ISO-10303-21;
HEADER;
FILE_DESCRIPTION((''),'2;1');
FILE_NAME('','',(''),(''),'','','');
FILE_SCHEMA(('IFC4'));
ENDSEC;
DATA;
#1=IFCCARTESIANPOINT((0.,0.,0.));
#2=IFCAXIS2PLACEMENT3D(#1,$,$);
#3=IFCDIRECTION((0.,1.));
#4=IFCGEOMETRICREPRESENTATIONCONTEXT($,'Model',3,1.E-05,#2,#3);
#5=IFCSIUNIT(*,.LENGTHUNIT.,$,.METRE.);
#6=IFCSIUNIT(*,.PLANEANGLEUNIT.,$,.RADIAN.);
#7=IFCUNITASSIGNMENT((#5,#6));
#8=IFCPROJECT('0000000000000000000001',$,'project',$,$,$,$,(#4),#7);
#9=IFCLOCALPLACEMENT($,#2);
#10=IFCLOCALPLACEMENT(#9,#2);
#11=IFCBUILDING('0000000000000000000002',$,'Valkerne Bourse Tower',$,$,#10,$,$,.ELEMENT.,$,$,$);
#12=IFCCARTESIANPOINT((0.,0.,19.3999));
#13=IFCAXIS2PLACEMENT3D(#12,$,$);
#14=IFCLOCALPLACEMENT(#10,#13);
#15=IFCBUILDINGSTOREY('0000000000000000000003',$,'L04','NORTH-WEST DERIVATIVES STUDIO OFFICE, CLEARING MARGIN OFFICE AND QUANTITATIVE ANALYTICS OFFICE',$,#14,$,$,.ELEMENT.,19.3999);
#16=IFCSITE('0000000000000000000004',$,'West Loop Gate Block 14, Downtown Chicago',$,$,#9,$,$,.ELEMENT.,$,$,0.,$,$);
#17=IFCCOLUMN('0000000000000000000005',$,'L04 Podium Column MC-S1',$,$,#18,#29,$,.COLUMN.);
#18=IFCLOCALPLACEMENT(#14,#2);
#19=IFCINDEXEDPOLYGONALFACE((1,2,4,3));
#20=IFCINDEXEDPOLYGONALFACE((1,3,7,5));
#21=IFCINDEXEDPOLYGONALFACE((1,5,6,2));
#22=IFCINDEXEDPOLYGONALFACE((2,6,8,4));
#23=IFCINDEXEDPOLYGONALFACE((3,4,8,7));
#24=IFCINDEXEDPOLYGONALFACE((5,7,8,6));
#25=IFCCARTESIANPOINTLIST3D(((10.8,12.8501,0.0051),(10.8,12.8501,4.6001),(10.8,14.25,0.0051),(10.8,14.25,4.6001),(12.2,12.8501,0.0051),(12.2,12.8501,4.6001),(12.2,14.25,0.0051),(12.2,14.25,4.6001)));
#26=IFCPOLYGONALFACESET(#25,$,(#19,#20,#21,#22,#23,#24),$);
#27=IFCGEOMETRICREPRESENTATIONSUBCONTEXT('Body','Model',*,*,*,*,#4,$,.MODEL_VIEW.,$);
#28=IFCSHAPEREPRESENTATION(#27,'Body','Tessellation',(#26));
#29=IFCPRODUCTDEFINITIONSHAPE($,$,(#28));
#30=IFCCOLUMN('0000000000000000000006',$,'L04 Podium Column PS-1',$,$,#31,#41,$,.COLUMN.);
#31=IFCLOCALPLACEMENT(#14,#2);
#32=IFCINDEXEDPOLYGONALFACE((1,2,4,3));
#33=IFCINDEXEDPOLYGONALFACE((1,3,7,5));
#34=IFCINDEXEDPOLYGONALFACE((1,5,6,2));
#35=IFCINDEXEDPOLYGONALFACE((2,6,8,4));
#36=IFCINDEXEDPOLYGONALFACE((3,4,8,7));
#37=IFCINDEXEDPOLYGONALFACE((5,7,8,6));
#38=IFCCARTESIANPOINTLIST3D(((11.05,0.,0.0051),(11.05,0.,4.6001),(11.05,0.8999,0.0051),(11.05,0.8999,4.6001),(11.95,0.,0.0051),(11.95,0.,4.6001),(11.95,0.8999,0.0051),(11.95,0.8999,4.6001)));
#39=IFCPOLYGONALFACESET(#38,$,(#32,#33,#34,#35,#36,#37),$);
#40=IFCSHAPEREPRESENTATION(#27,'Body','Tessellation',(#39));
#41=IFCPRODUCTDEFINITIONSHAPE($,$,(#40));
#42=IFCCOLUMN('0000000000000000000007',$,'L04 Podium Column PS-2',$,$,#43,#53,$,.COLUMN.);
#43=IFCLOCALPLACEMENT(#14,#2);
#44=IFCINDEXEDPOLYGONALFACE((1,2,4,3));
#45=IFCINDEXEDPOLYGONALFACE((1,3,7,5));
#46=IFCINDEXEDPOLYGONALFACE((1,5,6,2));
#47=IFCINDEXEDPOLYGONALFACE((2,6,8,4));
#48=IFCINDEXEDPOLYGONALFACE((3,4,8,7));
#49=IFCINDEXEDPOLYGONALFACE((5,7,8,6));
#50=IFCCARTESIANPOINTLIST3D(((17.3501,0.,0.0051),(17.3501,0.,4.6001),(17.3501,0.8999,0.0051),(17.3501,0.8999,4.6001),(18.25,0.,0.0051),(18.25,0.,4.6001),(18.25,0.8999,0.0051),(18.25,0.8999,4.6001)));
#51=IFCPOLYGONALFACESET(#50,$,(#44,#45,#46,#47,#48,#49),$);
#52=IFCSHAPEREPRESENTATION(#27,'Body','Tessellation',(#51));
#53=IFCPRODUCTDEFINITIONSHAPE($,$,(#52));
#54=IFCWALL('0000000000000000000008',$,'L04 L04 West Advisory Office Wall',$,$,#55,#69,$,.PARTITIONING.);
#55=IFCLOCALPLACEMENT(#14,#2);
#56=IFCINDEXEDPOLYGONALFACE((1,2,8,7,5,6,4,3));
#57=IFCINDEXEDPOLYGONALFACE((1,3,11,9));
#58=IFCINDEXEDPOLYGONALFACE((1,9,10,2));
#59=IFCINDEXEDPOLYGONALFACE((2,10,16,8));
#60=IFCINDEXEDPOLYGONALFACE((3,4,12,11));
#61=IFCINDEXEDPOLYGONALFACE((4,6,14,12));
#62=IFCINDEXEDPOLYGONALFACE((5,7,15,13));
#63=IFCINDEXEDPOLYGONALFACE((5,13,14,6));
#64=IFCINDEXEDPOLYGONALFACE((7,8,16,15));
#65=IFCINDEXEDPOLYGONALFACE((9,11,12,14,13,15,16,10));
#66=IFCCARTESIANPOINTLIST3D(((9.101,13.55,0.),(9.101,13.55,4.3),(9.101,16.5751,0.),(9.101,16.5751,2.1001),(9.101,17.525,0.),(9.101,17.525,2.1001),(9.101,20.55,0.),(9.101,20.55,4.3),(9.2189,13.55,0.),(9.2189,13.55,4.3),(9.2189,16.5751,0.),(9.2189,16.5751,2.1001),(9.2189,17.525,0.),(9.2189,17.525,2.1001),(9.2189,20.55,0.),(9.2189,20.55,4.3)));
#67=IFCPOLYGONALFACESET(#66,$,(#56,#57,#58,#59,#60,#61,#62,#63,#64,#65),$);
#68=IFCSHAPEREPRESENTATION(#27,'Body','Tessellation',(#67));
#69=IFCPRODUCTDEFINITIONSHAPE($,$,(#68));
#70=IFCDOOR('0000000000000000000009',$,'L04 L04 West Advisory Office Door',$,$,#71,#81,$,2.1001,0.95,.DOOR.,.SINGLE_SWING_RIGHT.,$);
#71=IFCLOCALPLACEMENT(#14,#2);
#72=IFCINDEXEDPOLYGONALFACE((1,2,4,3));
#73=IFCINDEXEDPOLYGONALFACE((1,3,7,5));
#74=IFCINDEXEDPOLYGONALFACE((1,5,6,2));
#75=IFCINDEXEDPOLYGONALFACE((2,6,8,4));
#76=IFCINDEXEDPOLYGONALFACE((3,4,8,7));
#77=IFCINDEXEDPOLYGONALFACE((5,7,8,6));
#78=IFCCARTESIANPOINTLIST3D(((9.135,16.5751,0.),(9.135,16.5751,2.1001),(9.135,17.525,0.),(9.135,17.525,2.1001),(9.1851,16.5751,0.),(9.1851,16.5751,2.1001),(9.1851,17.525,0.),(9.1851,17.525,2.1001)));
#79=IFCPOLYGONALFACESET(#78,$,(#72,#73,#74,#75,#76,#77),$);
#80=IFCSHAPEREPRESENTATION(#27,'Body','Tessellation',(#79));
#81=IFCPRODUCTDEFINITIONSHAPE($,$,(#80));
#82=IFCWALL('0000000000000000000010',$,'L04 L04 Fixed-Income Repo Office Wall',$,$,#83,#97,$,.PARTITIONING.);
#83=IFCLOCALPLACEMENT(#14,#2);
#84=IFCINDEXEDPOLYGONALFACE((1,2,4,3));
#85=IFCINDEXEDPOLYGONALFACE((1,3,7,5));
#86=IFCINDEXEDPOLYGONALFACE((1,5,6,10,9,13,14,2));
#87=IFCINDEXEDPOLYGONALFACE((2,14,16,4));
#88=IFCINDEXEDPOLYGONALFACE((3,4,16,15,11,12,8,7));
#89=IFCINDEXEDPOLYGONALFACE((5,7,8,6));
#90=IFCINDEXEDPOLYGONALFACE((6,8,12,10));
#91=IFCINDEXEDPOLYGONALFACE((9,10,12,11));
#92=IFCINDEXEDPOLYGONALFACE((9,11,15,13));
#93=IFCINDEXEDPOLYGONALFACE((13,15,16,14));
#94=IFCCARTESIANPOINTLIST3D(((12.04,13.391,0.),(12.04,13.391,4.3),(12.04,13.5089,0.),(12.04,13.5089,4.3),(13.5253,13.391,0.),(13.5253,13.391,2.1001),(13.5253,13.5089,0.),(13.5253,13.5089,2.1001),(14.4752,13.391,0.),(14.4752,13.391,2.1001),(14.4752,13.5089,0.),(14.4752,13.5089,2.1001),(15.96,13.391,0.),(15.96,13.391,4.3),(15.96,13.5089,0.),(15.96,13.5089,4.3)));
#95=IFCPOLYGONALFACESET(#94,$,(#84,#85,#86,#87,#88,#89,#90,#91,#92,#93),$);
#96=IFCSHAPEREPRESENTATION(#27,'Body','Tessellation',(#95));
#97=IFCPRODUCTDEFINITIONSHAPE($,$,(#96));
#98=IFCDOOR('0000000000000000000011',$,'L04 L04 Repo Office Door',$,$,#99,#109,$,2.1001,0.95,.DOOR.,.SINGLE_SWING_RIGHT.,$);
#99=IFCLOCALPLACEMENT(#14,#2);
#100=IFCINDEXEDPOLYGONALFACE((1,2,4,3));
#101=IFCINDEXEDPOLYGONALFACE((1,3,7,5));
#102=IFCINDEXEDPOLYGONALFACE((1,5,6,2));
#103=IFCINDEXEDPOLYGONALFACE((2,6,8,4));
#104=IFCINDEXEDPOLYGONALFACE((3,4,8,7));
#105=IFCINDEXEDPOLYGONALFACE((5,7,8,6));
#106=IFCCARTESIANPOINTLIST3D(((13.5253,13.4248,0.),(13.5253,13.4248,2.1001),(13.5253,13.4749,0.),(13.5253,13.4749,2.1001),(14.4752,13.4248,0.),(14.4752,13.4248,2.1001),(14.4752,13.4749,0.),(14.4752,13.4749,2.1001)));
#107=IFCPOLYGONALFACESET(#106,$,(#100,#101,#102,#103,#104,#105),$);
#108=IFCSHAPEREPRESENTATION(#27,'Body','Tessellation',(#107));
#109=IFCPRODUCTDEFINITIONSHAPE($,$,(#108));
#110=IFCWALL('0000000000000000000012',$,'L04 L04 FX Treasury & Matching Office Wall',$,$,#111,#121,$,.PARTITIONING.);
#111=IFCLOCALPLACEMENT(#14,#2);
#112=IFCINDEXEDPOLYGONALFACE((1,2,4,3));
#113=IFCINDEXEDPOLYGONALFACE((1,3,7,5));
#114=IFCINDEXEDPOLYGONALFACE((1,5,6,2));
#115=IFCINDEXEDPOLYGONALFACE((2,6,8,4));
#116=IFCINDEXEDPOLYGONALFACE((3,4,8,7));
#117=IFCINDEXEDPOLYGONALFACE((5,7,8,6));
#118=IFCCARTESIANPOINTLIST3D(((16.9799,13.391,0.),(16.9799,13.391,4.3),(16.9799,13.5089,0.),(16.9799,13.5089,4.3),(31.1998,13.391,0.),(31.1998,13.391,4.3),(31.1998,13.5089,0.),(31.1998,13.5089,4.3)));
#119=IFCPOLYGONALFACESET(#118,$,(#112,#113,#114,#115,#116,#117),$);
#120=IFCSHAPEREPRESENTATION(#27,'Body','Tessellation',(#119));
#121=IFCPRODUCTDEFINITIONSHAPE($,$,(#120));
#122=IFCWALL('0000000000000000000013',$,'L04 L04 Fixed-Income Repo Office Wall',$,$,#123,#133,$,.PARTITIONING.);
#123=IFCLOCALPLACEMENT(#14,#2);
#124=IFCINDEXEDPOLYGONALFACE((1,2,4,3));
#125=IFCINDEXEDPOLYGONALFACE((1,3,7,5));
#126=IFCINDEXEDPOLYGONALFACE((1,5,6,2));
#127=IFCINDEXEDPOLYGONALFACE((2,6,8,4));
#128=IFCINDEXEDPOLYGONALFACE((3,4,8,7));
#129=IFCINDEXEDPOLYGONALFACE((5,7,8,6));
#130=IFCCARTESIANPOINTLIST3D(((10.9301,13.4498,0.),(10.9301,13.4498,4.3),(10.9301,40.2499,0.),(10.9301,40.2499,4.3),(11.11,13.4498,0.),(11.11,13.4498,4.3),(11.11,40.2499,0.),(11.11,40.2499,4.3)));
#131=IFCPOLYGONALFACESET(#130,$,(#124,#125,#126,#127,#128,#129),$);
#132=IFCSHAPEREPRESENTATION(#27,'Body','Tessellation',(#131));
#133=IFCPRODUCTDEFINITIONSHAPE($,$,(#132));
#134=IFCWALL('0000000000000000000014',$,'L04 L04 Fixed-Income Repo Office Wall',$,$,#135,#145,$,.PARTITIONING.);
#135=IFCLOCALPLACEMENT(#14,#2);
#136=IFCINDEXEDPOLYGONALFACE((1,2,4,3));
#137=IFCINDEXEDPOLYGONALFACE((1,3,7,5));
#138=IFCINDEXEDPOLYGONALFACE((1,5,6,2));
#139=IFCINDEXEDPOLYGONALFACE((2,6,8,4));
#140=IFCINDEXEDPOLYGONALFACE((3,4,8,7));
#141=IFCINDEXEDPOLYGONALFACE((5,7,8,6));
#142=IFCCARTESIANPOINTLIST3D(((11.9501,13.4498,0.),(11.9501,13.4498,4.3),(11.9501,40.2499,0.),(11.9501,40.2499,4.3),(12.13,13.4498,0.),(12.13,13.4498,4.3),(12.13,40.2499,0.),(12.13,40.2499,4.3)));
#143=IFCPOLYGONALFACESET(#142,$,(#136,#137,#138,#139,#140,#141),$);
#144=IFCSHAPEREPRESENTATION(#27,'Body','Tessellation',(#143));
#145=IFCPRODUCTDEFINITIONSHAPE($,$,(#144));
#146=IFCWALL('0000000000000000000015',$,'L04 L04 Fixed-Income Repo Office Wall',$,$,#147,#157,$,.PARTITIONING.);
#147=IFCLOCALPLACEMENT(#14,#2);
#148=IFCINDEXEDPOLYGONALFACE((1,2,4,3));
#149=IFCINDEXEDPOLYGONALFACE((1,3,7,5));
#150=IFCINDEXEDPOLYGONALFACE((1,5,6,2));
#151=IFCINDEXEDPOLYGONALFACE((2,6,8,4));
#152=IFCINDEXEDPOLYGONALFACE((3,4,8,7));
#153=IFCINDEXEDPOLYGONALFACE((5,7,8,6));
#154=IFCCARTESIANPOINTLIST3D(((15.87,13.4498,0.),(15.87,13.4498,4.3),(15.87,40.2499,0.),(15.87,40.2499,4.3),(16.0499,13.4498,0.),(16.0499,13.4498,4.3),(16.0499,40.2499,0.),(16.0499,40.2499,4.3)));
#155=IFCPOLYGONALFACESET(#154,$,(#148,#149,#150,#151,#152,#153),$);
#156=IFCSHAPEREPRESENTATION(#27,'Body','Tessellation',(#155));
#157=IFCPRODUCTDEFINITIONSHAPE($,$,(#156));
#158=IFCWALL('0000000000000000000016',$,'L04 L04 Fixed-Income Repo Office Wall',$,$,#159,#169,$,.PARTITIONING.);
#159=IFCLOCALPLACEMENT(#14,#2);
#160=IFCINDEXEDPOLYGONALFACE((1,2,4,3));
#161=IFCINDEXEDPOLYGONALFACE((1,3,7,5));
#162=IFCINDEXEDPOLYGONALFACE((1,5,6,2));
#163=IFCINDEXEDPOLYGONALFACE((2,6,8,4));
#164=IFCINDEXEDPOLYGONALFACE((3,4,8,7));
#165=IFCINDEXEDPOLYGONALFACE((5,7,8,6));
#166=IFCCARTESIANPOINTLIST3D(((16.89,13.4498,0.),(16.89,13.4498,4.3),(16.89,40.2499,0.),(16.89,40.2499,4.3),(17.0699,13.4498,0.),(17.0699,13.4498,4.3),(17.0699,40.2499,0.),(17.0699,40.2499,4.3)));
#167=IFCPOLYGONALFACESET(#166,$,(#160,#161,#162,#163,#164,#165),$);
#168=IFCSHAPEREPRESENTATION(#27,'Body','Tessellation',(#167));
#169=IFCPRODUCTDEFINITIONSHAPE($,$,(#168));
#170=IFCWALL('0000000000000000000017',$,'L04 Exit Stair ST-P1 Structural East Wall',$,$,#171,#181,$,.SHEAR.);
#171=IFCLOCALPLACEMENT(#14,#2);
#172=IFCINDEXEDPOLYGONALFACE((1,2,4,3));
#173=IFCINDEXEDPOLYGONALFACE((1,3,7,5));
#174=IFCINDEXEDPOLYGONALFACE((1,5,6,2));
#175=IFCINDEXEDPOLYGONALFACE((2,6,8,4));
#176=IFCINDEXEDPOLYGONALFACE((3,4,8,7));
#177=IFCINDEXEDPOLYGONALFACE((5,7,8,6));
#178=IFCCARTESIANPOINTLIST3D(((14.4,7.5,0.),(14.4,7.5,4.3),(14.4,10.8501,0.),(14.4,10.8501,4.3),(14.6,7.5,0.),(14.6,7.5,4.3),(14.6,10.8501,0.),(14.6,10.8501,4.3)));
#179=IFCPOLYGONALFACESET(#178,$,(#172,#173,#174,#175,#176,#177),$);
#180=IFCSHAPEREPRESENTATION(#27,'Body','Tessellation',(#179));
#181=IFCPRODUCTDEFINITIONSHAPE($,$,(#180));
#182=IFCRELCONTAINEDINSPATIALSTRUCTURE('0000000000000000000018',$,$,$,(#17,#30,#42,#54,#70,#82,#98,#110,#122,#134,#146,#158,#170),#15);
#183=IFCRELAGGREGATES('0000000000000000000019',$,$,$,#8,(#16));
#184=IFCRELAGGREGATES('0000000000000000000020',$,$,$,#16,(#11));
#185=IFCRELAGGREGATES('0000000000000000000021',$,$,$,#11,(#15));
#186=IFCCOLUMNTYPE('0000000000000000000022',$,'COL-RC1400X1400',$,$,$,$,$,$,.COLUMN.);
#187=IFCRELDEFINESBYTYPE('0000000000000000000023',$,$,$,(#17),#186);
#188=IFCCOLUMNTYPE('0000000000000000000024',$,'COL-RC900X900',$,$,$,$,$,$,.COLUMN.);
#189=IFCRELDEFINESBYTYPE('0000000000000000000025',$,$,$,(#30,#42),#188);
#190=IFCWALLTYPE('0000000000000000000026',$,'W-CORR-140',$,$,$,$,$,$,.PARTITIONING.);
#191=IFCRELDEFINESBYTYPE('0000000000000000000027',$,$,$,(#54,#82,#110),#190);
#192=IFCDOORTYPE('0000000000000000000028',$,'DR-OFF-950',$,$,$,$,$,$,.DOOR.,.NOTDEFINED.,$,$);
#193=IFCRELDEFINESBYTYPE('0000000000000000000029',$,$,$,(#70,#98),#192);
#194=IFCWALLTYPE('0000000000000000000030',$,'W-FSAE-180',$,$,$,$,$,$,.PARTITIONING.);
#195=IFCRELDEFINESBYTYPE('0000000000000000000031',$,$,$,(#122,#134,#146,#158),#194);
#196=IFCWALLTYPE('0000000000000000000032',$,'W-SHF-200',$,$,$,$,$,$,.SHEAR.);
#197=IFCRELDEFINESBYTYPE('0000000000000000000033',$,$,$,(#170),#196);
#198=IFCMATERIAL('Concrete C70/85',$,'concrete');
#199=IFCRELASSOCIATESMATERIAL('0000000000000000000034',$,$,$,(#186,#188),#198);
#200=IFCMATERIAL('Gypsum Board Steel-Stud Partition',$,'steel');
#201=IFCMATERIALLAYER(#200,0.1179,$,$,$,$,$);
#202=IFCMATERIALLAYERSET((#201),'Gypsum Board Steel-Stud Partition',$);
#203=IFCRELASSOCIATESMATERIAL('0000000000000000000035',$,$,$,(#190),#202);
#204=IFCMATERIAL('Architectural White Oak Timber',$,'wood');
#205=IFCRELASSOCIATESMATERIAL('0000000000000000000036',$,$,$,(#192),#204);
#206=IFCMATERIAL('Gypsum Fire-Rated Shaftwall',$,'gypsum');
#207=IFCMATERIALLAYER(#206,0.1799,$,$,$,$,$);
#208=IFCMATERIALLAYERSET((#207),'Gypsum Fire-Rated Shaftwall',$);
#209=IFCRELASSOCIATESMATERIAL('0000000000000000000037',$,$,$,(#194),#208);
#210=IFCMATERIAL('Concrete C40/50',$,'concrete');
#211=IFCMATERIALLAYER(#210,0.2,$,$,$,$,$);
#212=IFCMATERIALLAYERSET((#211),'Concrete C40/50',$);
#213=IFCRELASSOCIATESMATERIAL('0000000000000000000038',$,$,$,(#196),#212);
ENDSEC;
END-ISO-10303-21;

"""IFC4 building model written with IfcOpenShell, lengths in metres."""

from ifc_helpers import new_model, si_unit, direction, frame, frame_2d, origin, origin_2d, place, context, subcontext, project, spatial, rectangle, extrude, material, layer, layer_set, material_profile, profile_set, type_object, element, fill, save


model = new_model("IFC4")

# Units and contexts
model_context = context("Model", 3, precision=1e-05, world=origin(), true_north=direction((0.0, 1.0)))
body_context = subcontext(model_context, "Body", "Model", "MODEL_VIEW")
ifc_project = project(units=[si_unit("LENGTHUNIT", "METRE"), si_unit("PLANEANGLEUNIT", "RADIAN")], contexts=[model_context])

# Site, building, storey
site_placement = place(None, origin())
site = spatial("IfcSite", under=ifc_project, at=site_placement, Name="West Loop Gate Block 14, Downtown Chicago", CompositionType="ELEMENT", RefElevation=0.0)
building_placement = place(site_placement, origin())
building = spatial("IfcBuilding", under=site, at=building_placement, Name="Valkerne Bourse Tower", CompositionType="ELEMENT")
storey_placement = place(building_placement, frame((0.0, 0.0, 19.3999)))
storey = spatial("IfcBuildingStorey", under=building, at=storey_placement, Name="L04", Description="NORTH-WEST DERIVATIVES STUDIO OFFICE, CLEARING MARGIN OFFICE AND QUANTITATIVE ANALYTICS OFFICE", CompositionType="ELEMENT", Elevation=19.3999)

# Columns
ifc_material_1 = material(Name="Concrete C70/85", Category="concrete")
ifc_material_profile_1 = material_profile(ifc_material_1, rectangle(XDim=1.3999, YDim=1.3999, at=origin_2d()), Name="RC1400X1400")
ifc_profile_set_1 = profile_set([ifc_material_profile_1], Name="Concrete C70/85")
column_type_1 = type_object("IfcColumnType", Name="COL-RC1400X1400", PredefinedType="COLUMN", material=ifc_profile_set_1)
column_placement = place(storey_placement, frame((11.5, 13.55, 0.0051), z_axis=(0.0, 0.0, 1.0), x_axis=(1.0, 0.0, 0.0)))
element("IfcColumn", 1, at=column_placement, inside=storey, type_object=column_type_1, Name="L04 Podium Column MC-S1", PredefinedType="COLUMN", context=body_context, shape_type="SweptSolid", body=[
    extrude(rectangle(XDim=1.3999, YDim=1.3999, at=origin_2d()), origin(), (0.0, 0.0, 1.0), 4.595),
])
ifc_material_profile_2 = material_profile(ifc_material_1, rectangle(XDim=0.8999, YDim=0.8999, at=origin_2d()), Name="RC900X900")
ifc_profile_set_2 = profile_set([ifc_material_profile_2], Name="Concrete C70/85")
column_type_2 = type_object("IfcColumnType", Name="COL-RC900X900", PredefinedType="COLUMN", material=ifc_profile_set_2)
for number, where, z_axis, x_axis, name in (
    (2, (11.5, 0.45, 0.0051), (0.0, 0.0, 1.0), (1.0, 0.0, 0.0), "L04 Podium Column PS-1"),
    (3, (17.8, 0.45, 0.0051), (0.0, 0.0, 1.0), (1.0, 0.0, 0.0), "L04 Podium Column PS-2"),
):
    element("IfcColumn", number, at=place(storey_placement, frame(where, z_axis=z_axis, x_axis=x_axis)), inside=storey, type_object=column_type_2, Name=name, PredefinedType="COLUMN", context=body_context, shape_type="SweptSolid", body=[
        extrude(rectangle(XDim=0.8999, YDim=0.8999, at=origin_2d()), origin(), (0.0, 0.0, 1.0), 4.595),
    ])

# Walls, openings, doors
ifc_material_2 = material(Name="Gypsum Board Steel-Stud Partition", Category="steel")
ifc_layer_1 = layer(ifc_material_2, 0.1179)
ifc_layer_set_1 = layer_set([ifc_layer_1], Name="Gypsum Board Steel-Stud Partition")
wall_type_1 = type_object("IfcWallType", Name="W-CORR-140", PredefinedType="PARTITIONING", material=ifc_layer_set_1)
wall_1_placement = place(storey_placement, frame((9.1599, 13.55, 0.0), z_axis=(0.0, 0.0, 1.0), x_axis=(0.0, 1.0, 0.0)))
wall_1 = element("IfcWall", 4, at=wall_1_placement, inside=storey, type_object=wall_type_1, Name="L04 L04 West Advisory Office Wall", PredefinedType="PARTITIONING", context=body_context, shape_type="SweptSolid", body=[
    extrude(rectangle(XDim=7.0, YDim=0.1179, at=frame_2d((3.5, 0.0))), origin(), (0.0, 0.0, 1.0), 4.3),
])
opening_1_placement = place(wall_1_placement, frame((3.0249, 0.0, 0.0)))
opening_1 = element("IfcOpeningElement", 5, at=opening_1_placement, cuts=wall_1, PredefinedType="OPENING", context=body_context, shape_type="SweptSolid", body=[
    extrude(rectangle(XDim=0.95, YDim=2.1001, at=frame_2d((0.4751, 1.05))), frame((0.0, 0.0688, 0.0), z_axis=(0.0, -1.0, 0.0), x_axis=(1.0, 0.0, 0.0)), (0.0, 0.0, 1.0), 0.1379),
])
ifc_material_3 = material(Name="Architectural White Oak Timber", Category="wood")
door_type = type_object("IfcDoorType", Name="DR-OFF-950", OperationType="NOTDEFINED", PredefinedType="DOOR", material=ifc_material_3)
door_1_placement = place(opening_1_placement, origin())
door_1 = element("IfcDoor", 6, at=door_1_placement, inside=storey, type_object=door_type, Name="L04 L04 West Advisory Office Door", OperationType="SINGLE_SWING_RIGHT", OverallHeight=2.1001, OverallWidth=0.95, PredefinedType="DOOR", context=body_context, shape_type="SweptSolid", body=[
    extrude(rectangle(XDim=0.95, YDim=2.1001, at=frame_2d((0.4751, 1.05))), frame((0.0, 0.0249, 0.0), z_axis=(0.0, -1.0, 0.0), x_axis=(1.0, 0.0, 0.0)), (0.0, 0.0, 1.0), 0.05),
])
fill(opening_1, door_1)
wall_2_placement = place(storey_placement, frame((12.04, 13.45, 0.0), z_axis=(0.0, 0.0, 1.0), x_axis=(1.0, 0.0, 0.0)))
wall_2 = element("IfcWall", 7, at=wall_2_placement, inside=storey, type_object=wall_type_1, Name="L04 L04 Fixed-Income Repo Office Wall", PredefinedType="PARTITIONING", context=body_context, shape_type="SweptSolid", body=[
    extrude(rectangle(XDim=3.9199, YDim=0.1179, at=frame_2d((1.96, 0.0))), origin(), (0.0, 0.0, 1.0), 4.3),
])
opening_2_placement = place(wall_2_placement, frame((1.4851, 0.0, 0.0)))
opening_2 = element("IfcOpeningElement", 8, at=opening_2_placement, cuts=wall_2, PredefinedType="OPENING", context=body_context, shape_type="SweptSolid", body=[
    extrude(rectangle(XDim=0.95, YDim=2.1001, at=frame_2d((0.4751, 1.05))), frame((0.0, 0.0688, 0.0), z_axis=(0.0, -1.0, 0.0), x_axis=(1.0, 0.0, 0.0)), (0.0, 0.0, 1.0), 0.1379),
])
door_2_placement = place(opening_2_placement, origin())
door_2 = element("IfcDoor", 9, at=door_2_placement, inside=storey, type_object=door_type, Name="L04 L04 Repo Office Door", OperationType="SINGLE_SWING_RIGHT", OverallHeight=2.1001, OverallWidth=0.95, PredefinedType="DOOR", context=body_context, shape_type="SweptSolid", body=[
    extrude(rectangle(XDim=0.95, YDim=2.1001, at=frame_2d((0.4751, 1.05))), frame((0.0, 0.0249, 0.0), z_axis=(0.0, -1.0, 0.0), x_axis=(1.0, 0.0, 0.0)), (0.0, 0.0, 1.0), 0.05),
])
fill(opening_2, door_2)

# Walls
wall_3_placement = place(storey_placement, frame((16.98, 13.45, 0.0), z_axis=(0.0, 0.0, 1.0), x_axis=(1.0, 0.0, 0.0)))
element("IfcWall", 10, at=wall_3_placement, inside=storey, type_object=wall_type_1, Name="L04 L04 FX Treasury & Matching Office Wall", PredefinedType="PARTITIONING", context=body_context, shape_type="SweptSolid", body=[
    extrude(rectangle(XDim=14.22, YDim=0.1179, at=frame_2d((7.1099, 0.0))), origin(), (0.0, 0.0, 1.0), 4.3),
])
ifc_material_4 = material(Name="Gypsum Fire-Rated Shaftwall", Category="gypsum")
ifc_layer_2 = layer(ifc_material_4, 0.1799)
ifc_layer_set_2 = layer_set([ifc_layer_2], Name="Gypsum Fire-Rated Shaftwall")
wall_type_2 = type_object("IfcWallType", Name="W-FSAE-180", PredefinedType="PARTITIONING", material=ifc_layer_set_2)
for number, where, z_axis, x_axis, name in (
    (11, (11.02, 13.45, 0.0), (0.0, 0.0, 1.0), (0.0, 1.0, 0.0), "L04 L04 Fixed-Income Repo Office Wall"),
    (12, (12.04, 13.45, 0.0), (0.0, 0.0, 1.0), (0.0, 1.0, 0.0), "L04 L04 Fixed-Income Repo Office Wall"),
    (13, (15.96, 13.45, 0.0), (0.0, 0.0, 1.0), (0.0, 1.0, 0.0), "L04 L04 Fixed-Income Repo Office Wall"),
    (14, (16.98, 13.45, 0.0), (0.0, 0.0, 1.0), (0.0, 1.0, 0.0), "L04 L04 Fixed-Income Repo Office Wall"),
):
    element("IfcWall", number, at=place(storey_placement, frame(where, z_axis=z_axis, x_axis=x_axis)), inside=storey, type_object=wall_type_2, Name=name, PredefinedType="PARTITIONING", context=body_context, shape_type="SweptSolid", body=[
        extrude(rectangle(XDim=26.8, YDim=0.1799, at=frame_2d((13.3999, 0.0))), origin(), (0.0, 0.0, 1.0), 4.3),
    ])
ifc_material_5 = material(Name="Concrete C40/50", Category="concrete")
ifc_layer_3 = layer(ifc_material_5, 0.2)
ifc_layer_set_3 = layer_set([ifc_layer_3], Name="Concrete C40/50")
wall_type_3 = type_object("IfcWallType", Name="W-SHF-200", PredefinedType="SHEAR", material=ifc_layer_set_3)
wall_4_placement = place(storey_placement, frame((14.5, 7.5, 0.0), z_axis=(0.0, 0.0, 1.0), x_axis=(0.0, 1.0, 0.0)))
element("IfcWall", 15, at=wall_4_placement, inside=storey, type_object=wall_type_3, Name="L04 Exit Stair ST-P1 Structural East Wall", PredefinedType="SHEAR", context=body_context, shape_type="SweptSolid", body=[
    extrude(rectangle(XDim=3.3501, YDim=0.2, at=frame_2d((1.675, 0.0))), origin(), (0.0, 0.0, 1.0), 4.3),
])

save(model, "model.ifc")
